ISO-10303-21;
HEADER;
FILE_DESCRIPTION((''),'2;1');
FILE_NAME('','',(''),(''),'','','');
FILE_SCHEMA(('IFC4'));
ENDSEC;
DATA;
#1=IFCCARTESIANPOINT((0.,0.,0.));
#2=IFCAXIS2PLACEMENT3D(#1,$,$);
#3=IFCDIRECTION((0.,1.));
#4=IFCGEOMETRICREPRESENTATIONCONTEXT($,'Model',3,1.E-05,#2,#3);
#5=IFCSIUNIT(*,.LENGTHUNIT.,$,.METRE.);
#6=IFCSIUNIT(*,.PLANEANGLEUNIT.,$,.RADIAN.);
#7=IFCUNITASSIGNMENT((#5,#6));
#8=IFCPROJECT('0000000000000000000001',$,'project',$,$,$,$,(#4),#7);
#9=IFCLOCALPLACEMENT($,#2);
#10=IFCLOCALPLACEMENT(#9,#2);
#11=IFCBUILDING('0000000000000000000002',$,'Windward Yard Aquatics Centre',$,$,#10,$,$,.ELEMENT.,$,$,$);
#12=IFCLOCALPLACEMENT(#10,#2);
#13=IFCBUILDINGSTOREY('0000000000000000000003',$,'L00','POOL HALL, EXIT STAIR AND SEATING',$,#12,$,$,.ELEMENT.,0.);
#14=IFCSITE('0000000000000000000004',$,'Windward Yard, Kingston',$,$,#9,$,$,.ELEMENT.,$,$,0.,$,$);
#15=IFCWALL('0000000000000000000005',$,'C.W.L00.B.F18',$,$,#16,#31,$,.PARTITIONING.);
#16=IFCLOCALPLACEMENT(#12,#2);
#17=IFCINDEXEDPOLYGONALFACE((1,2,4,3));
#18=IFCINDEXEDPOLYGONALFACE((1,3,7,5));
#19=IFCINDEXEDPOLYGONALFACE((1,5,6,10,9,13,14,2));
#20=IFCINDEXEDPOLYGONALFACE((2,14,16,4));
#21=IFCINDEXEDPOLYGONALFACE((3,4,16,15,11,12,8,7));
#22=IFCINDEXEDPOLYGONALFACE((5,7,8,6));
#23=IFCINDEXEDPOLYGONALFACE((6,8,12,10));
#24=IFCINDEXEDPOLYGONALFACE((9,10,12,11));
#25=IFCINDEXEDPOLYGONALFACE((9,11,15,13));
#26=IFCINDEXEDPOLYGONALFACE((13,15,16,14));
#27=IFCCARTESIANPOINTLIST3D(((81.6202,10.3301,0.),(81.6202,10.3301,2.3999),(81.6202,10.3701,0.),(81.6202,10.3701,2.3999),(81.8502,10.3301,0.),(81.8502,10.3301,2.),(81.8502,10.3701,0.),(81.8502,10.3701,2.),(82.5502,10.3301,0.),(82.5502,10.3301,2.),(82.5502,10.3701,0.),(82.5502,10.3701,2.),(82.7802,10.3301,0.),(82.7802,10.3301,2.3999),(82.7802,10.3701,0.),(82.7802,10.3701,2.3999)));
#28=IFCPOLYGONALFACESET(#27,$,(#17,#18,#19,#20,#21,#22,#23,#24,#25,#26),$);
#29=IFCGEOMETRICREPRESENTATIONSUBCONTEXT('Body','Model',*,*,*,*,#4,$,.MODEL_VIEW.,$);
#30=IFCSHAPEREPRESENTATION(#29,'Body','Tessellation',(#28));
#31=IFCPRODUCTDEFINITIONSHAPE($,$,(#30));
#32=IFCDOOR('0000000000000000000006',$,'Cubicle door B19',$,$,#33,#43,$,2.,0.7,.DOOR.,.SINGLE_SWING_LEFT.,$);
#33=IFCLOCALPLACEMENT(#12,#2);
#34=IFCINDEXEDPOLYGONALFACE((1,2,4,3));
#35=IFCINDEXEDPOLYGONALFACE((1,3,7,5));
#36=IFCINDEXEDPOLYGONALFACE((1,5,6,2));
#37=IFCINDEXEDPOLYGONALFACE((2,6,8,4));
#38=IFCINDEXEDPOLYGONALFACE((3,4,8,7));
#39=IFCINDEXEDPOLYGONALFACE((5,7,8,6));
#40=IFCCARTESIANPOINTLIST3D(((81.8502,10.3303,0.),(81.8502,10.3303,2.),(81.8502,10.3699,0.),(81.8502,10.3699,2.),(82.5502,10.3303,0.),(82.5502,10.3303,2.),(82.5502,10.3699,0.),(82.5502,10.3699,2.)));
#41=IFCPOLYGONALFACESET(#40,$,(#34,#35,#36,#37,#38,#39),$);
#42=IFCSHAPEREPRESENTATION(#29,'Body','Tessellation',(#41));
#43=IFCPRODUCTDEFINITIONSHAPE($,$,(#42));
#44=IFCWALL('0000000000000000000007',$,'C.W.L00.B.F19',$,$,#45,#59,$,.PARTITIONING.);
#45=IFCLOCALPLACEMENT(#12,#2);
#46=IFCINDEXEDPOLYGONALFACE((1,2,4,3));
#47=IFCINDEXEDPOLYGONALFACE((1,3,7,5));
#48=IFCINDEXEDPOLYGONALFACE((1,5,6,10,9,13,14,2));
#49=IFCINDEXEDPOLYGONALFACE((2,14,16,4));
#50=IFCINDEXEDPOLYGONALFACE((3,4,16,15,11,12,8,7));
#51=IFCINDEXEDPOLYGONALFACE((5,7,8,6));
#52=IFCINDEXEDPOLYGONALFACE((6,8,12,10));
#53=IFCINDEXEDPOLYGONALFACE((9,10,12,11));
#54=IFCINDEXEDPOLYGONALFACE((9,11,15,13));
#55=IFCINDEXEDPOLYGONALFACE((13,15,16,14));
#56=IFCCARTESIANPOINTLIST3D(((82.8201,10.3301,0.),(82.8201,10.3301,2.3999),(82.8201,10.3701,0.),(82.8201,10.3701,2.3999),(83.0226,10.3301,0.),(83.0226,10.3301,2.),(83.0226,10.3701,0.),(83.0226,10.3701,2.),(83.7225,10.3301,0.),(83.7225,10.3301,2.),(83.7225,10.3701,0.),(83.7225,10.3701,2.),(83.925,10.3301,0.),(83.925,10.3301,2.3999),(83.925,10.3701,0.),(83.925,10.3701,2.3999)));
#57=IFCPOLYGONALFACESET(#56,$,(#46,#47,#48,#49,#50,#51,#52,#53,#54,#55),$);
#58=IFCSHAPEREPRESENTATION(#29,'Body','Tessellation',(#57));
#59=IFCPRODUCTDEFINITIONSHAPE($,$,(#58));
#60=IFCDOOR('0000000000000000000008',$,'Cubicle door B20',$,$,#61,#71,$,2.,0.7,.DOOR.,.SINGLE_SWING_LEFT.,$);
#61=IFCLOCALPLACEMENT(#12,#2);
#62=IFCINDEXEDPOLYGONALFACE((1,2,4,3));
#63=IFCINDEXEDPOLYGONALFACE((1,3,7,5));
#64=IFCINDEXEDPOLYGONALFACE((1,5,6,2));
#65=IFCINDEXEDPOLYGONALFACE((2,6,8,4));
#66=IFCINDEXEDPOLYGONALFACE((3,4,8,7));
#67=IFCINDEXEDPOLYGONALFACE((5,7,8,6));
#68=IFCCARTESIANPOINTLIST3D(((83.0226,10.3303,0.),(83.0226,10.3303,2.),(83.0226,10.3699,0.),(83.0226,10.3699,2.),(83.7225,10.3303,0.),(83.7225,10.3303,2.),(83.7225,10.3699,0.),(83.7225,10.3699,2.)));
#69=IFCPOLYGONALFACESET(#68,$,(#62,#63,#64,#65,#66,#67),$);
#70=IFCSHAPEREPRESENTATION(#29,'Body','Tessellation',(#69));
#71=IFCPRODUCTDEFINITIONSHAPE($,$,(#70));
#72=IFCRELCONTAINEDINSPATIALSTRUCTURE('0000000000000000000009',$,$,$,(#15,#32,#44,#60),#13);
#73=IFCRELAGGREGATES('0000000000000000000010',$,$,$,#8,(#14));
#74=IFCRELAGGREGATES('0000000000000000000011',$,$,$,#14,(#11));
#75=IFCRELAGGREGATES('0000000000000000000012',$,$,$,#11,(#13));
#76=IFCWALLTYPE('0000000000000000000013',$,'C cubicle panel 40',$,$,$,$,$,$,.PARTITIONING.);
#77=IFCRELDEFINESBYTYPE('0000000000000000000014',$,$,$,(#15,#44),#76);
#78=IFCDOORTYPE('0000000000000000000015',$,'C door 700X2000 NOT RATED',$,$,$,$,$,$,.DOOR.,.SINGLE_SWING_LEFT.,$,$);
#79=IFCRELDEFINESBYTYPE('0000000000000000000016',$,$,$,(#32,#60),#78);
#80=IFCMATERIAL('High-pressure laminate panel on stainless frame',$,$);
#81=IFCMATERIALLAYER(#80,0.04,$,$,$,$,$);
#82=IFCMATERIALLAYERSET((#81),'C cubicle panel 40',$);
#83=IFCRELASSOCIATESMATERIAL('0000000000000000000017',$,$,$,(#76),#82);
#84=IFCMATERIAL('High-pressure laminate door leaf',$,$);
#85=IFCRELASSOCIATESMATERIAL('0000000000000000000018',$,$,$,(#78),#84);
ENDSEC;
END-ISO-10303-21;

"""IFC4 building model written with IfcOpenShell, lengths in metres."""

from ifc_helpers import new_model, si_unit, direction, frame, frame_2d, origin, place, context, subcontext, project, spatial, rectangle, extrude, material, layer, layer_set, type_object, element, fill, save


model = new_model("IFC4")

# Units and contexts
model_context = context("Model", 3, precision=1e-05, world=origin(), true_north=direction((0.0, 1.0)))
body_context = subcontext(model_context, "Body", "Model", "MODEL_VIEW")
ifc_project = project(units=[si_unit("LENGTHUNIT", "METRE"), si_unit("PLANEANGLEUNIT", "RADIAN")], contexts=[model_context])

# Site, building, storey
site_placement = place(None, origin())
site = spatial("IfcSite", under=ifc_project, at=site_placement, Name="Windward Yard, Kingston", CompositionType="ELEMENT", RefElevation=0.0)
building_placement = place(site_placement, origin())
building = spatial("IfcBuilding", under=site, at=building_placement, Name="Windward Yard Aquatics Centre", CompositionType="ELEMENT")
storey_placement = place(building_placement, origin())
storey = spatial("IfcBuildingStorey", under=building, at=storey_placement, Name="L00", Description="POOL HALL, EXIT STAIR AND SEATING", CompositionType="ELEMENT", Elevation=0.0)

# Shared definitions
ifc_material_1 = material(Name="High-pressure laminate panel on stainless frame")
ifc_layer = layer(ifc_material_1, 0.04)
ifc_layer_set = layer_set([ifc_layer], Name="C cubicle panel 40")
wall_type = type_object("IfcWallType", Name="C cubicle panel 40", PredefinedType="PARTITIONING", material=ifc_layer_set)

# Walls, openings, doors
ifc_material_2 = material(Name="High-pressure laminate door leaf")
door_type = type_object("IfcDoorType", Name="C door 700X2000 NOT RATED", OperationType="SINGLE_SWING_LEFT", PredefinedType="DOOR", material=ifc_material_2)
wall_1_placement = place(storey_placement, frame((81.6201, 10.3501, 0.0), z_axis=(0.0, 0.0, 1.0), x_axis=(1.0, 0.0, 0.0)))
wall_1 = element("IfcWall", 1, at=wall_1_placement, inside=storey, type_object=wall_type, Name="C.W.L00.B.F18", PredefinedType="PARTITIONING", context=body_context, shape_type="SweptSolid", body=[
    extrude(rectangle(XDim=1.1599, YDim=0.04, at=frame_2d((0.5801, 0.0))), origin(), (0.0, 0.0, 1.0), 2.3999),
])
opening_1_placement = place(wall_1_placement, frame((0.23, 0.0, 0.0)))
opening_1 = element("IfcOpeningElement", 2, at=opening_1_placement, cuts=wall_1, PredefinedType="OPENING", context=body_context, shape_type="SweptSolid", body=[
    extrude(rectangle(XDim=0.7, YDim=2.0, at=frame_2d((0.3501, 1.0))), frame((0.0, 0.03, 0.0), z_axis=(0.0, -1.0, 0.0), x_axis=(1.0, 0.0, 0.0)), (0.0, 0.0, 1.0), 0.0601),
])
door_1_placement = place(opening_1_placement, origin())
door_1 = element("IfcDoor", 3, at=door_1_placement, inside=storey, type_object=door_type, Name="Cubicle door B19", OperationType="SINGLE_SWING_LEFT", OverallHeight=2.0, OverallWidth=0.7, PredefinedType="DOOR", context=body_context, shape_type="SweptSolid", body=[
    extrude(rectangle(XDim=0.7, YDim=2.0, at=frame_2d((0.3501, 1.0))), frame((0.0, 0.0198, 0.0), z_axis=(0.0, -1.0, 0.0), x_axis=(1.0, 0.0, 0.0)), (0.0, 0.0, 1.0), 0.0396),
])
fill(opening_1, door_1)
wall_2_placement = place(storey_placement, frame((82.8201, 10.3501, 0.0), z_axis=(0.0, 0.0, 1.0), x_axis=(1.0, 0.0, 0.0)))
wall_2 = element("IfcWall", 4, at=wall_2_placement, inside=storey, type_object=wall_type, Name="C.W.L00.B.F19", PredefinedType="PARTITIONING", context=body_context, shape_type="SweptSolid", body=[
    extrude(rectangle(XDim=1.105, YDim=0.04, at=frame_2d((0.5525, 0.0))), origin(), (0.0, 0.0, 1.0), 2.3999),
])
opening_2_placement = place(wall_2_placement, frame((0.2024, 0.0, 0.0)))
opening_2 = element("IfcOpeningElement", 5, at=opening_2_placement, cuts=wall_2, PredefinedType="OPENING", context=body_context, shape_type="SweptSolid", body=[
    extrude(rectangle(XDim=0.7, YDim=2.0, at=frame_2d((0.3501, 1.0))), frame((0.0, 0.03, 0.0), z_axis=(0.0, -1.0, 0.0), x_axis=(1.0, 0.0, 0.0)), (0.0, 0.0, 1.0), 0.0601),
])
door_2_placement = place(opening_2_placement, origin())
door_2 = element("IfcDoor", 6, at=door_2_placement, inside=storey, type_object=door_type, Name="Cubicle door B20", OperationType="SINGLE_SWING_LEFT", OverallHeight=2.0, OverallWidth=0.7, PredefinedType="DOOR", context=body_context, shape_type="SweptSolid", body=[
    extrude(rectangle(XDim=0.7, YDim=2.0, at=frame_2d((0.3501, 1.0))), frame((0.0, 0.0198, 0.0), z_axis=(0.0, -1.0, 0.0), x_axis=(1.0, 0.0, 0.0)), (0.0, 0.0, 1.0), 0.0396),
])
fill(opening_2, door_2)

save(model, "model.ifc")
